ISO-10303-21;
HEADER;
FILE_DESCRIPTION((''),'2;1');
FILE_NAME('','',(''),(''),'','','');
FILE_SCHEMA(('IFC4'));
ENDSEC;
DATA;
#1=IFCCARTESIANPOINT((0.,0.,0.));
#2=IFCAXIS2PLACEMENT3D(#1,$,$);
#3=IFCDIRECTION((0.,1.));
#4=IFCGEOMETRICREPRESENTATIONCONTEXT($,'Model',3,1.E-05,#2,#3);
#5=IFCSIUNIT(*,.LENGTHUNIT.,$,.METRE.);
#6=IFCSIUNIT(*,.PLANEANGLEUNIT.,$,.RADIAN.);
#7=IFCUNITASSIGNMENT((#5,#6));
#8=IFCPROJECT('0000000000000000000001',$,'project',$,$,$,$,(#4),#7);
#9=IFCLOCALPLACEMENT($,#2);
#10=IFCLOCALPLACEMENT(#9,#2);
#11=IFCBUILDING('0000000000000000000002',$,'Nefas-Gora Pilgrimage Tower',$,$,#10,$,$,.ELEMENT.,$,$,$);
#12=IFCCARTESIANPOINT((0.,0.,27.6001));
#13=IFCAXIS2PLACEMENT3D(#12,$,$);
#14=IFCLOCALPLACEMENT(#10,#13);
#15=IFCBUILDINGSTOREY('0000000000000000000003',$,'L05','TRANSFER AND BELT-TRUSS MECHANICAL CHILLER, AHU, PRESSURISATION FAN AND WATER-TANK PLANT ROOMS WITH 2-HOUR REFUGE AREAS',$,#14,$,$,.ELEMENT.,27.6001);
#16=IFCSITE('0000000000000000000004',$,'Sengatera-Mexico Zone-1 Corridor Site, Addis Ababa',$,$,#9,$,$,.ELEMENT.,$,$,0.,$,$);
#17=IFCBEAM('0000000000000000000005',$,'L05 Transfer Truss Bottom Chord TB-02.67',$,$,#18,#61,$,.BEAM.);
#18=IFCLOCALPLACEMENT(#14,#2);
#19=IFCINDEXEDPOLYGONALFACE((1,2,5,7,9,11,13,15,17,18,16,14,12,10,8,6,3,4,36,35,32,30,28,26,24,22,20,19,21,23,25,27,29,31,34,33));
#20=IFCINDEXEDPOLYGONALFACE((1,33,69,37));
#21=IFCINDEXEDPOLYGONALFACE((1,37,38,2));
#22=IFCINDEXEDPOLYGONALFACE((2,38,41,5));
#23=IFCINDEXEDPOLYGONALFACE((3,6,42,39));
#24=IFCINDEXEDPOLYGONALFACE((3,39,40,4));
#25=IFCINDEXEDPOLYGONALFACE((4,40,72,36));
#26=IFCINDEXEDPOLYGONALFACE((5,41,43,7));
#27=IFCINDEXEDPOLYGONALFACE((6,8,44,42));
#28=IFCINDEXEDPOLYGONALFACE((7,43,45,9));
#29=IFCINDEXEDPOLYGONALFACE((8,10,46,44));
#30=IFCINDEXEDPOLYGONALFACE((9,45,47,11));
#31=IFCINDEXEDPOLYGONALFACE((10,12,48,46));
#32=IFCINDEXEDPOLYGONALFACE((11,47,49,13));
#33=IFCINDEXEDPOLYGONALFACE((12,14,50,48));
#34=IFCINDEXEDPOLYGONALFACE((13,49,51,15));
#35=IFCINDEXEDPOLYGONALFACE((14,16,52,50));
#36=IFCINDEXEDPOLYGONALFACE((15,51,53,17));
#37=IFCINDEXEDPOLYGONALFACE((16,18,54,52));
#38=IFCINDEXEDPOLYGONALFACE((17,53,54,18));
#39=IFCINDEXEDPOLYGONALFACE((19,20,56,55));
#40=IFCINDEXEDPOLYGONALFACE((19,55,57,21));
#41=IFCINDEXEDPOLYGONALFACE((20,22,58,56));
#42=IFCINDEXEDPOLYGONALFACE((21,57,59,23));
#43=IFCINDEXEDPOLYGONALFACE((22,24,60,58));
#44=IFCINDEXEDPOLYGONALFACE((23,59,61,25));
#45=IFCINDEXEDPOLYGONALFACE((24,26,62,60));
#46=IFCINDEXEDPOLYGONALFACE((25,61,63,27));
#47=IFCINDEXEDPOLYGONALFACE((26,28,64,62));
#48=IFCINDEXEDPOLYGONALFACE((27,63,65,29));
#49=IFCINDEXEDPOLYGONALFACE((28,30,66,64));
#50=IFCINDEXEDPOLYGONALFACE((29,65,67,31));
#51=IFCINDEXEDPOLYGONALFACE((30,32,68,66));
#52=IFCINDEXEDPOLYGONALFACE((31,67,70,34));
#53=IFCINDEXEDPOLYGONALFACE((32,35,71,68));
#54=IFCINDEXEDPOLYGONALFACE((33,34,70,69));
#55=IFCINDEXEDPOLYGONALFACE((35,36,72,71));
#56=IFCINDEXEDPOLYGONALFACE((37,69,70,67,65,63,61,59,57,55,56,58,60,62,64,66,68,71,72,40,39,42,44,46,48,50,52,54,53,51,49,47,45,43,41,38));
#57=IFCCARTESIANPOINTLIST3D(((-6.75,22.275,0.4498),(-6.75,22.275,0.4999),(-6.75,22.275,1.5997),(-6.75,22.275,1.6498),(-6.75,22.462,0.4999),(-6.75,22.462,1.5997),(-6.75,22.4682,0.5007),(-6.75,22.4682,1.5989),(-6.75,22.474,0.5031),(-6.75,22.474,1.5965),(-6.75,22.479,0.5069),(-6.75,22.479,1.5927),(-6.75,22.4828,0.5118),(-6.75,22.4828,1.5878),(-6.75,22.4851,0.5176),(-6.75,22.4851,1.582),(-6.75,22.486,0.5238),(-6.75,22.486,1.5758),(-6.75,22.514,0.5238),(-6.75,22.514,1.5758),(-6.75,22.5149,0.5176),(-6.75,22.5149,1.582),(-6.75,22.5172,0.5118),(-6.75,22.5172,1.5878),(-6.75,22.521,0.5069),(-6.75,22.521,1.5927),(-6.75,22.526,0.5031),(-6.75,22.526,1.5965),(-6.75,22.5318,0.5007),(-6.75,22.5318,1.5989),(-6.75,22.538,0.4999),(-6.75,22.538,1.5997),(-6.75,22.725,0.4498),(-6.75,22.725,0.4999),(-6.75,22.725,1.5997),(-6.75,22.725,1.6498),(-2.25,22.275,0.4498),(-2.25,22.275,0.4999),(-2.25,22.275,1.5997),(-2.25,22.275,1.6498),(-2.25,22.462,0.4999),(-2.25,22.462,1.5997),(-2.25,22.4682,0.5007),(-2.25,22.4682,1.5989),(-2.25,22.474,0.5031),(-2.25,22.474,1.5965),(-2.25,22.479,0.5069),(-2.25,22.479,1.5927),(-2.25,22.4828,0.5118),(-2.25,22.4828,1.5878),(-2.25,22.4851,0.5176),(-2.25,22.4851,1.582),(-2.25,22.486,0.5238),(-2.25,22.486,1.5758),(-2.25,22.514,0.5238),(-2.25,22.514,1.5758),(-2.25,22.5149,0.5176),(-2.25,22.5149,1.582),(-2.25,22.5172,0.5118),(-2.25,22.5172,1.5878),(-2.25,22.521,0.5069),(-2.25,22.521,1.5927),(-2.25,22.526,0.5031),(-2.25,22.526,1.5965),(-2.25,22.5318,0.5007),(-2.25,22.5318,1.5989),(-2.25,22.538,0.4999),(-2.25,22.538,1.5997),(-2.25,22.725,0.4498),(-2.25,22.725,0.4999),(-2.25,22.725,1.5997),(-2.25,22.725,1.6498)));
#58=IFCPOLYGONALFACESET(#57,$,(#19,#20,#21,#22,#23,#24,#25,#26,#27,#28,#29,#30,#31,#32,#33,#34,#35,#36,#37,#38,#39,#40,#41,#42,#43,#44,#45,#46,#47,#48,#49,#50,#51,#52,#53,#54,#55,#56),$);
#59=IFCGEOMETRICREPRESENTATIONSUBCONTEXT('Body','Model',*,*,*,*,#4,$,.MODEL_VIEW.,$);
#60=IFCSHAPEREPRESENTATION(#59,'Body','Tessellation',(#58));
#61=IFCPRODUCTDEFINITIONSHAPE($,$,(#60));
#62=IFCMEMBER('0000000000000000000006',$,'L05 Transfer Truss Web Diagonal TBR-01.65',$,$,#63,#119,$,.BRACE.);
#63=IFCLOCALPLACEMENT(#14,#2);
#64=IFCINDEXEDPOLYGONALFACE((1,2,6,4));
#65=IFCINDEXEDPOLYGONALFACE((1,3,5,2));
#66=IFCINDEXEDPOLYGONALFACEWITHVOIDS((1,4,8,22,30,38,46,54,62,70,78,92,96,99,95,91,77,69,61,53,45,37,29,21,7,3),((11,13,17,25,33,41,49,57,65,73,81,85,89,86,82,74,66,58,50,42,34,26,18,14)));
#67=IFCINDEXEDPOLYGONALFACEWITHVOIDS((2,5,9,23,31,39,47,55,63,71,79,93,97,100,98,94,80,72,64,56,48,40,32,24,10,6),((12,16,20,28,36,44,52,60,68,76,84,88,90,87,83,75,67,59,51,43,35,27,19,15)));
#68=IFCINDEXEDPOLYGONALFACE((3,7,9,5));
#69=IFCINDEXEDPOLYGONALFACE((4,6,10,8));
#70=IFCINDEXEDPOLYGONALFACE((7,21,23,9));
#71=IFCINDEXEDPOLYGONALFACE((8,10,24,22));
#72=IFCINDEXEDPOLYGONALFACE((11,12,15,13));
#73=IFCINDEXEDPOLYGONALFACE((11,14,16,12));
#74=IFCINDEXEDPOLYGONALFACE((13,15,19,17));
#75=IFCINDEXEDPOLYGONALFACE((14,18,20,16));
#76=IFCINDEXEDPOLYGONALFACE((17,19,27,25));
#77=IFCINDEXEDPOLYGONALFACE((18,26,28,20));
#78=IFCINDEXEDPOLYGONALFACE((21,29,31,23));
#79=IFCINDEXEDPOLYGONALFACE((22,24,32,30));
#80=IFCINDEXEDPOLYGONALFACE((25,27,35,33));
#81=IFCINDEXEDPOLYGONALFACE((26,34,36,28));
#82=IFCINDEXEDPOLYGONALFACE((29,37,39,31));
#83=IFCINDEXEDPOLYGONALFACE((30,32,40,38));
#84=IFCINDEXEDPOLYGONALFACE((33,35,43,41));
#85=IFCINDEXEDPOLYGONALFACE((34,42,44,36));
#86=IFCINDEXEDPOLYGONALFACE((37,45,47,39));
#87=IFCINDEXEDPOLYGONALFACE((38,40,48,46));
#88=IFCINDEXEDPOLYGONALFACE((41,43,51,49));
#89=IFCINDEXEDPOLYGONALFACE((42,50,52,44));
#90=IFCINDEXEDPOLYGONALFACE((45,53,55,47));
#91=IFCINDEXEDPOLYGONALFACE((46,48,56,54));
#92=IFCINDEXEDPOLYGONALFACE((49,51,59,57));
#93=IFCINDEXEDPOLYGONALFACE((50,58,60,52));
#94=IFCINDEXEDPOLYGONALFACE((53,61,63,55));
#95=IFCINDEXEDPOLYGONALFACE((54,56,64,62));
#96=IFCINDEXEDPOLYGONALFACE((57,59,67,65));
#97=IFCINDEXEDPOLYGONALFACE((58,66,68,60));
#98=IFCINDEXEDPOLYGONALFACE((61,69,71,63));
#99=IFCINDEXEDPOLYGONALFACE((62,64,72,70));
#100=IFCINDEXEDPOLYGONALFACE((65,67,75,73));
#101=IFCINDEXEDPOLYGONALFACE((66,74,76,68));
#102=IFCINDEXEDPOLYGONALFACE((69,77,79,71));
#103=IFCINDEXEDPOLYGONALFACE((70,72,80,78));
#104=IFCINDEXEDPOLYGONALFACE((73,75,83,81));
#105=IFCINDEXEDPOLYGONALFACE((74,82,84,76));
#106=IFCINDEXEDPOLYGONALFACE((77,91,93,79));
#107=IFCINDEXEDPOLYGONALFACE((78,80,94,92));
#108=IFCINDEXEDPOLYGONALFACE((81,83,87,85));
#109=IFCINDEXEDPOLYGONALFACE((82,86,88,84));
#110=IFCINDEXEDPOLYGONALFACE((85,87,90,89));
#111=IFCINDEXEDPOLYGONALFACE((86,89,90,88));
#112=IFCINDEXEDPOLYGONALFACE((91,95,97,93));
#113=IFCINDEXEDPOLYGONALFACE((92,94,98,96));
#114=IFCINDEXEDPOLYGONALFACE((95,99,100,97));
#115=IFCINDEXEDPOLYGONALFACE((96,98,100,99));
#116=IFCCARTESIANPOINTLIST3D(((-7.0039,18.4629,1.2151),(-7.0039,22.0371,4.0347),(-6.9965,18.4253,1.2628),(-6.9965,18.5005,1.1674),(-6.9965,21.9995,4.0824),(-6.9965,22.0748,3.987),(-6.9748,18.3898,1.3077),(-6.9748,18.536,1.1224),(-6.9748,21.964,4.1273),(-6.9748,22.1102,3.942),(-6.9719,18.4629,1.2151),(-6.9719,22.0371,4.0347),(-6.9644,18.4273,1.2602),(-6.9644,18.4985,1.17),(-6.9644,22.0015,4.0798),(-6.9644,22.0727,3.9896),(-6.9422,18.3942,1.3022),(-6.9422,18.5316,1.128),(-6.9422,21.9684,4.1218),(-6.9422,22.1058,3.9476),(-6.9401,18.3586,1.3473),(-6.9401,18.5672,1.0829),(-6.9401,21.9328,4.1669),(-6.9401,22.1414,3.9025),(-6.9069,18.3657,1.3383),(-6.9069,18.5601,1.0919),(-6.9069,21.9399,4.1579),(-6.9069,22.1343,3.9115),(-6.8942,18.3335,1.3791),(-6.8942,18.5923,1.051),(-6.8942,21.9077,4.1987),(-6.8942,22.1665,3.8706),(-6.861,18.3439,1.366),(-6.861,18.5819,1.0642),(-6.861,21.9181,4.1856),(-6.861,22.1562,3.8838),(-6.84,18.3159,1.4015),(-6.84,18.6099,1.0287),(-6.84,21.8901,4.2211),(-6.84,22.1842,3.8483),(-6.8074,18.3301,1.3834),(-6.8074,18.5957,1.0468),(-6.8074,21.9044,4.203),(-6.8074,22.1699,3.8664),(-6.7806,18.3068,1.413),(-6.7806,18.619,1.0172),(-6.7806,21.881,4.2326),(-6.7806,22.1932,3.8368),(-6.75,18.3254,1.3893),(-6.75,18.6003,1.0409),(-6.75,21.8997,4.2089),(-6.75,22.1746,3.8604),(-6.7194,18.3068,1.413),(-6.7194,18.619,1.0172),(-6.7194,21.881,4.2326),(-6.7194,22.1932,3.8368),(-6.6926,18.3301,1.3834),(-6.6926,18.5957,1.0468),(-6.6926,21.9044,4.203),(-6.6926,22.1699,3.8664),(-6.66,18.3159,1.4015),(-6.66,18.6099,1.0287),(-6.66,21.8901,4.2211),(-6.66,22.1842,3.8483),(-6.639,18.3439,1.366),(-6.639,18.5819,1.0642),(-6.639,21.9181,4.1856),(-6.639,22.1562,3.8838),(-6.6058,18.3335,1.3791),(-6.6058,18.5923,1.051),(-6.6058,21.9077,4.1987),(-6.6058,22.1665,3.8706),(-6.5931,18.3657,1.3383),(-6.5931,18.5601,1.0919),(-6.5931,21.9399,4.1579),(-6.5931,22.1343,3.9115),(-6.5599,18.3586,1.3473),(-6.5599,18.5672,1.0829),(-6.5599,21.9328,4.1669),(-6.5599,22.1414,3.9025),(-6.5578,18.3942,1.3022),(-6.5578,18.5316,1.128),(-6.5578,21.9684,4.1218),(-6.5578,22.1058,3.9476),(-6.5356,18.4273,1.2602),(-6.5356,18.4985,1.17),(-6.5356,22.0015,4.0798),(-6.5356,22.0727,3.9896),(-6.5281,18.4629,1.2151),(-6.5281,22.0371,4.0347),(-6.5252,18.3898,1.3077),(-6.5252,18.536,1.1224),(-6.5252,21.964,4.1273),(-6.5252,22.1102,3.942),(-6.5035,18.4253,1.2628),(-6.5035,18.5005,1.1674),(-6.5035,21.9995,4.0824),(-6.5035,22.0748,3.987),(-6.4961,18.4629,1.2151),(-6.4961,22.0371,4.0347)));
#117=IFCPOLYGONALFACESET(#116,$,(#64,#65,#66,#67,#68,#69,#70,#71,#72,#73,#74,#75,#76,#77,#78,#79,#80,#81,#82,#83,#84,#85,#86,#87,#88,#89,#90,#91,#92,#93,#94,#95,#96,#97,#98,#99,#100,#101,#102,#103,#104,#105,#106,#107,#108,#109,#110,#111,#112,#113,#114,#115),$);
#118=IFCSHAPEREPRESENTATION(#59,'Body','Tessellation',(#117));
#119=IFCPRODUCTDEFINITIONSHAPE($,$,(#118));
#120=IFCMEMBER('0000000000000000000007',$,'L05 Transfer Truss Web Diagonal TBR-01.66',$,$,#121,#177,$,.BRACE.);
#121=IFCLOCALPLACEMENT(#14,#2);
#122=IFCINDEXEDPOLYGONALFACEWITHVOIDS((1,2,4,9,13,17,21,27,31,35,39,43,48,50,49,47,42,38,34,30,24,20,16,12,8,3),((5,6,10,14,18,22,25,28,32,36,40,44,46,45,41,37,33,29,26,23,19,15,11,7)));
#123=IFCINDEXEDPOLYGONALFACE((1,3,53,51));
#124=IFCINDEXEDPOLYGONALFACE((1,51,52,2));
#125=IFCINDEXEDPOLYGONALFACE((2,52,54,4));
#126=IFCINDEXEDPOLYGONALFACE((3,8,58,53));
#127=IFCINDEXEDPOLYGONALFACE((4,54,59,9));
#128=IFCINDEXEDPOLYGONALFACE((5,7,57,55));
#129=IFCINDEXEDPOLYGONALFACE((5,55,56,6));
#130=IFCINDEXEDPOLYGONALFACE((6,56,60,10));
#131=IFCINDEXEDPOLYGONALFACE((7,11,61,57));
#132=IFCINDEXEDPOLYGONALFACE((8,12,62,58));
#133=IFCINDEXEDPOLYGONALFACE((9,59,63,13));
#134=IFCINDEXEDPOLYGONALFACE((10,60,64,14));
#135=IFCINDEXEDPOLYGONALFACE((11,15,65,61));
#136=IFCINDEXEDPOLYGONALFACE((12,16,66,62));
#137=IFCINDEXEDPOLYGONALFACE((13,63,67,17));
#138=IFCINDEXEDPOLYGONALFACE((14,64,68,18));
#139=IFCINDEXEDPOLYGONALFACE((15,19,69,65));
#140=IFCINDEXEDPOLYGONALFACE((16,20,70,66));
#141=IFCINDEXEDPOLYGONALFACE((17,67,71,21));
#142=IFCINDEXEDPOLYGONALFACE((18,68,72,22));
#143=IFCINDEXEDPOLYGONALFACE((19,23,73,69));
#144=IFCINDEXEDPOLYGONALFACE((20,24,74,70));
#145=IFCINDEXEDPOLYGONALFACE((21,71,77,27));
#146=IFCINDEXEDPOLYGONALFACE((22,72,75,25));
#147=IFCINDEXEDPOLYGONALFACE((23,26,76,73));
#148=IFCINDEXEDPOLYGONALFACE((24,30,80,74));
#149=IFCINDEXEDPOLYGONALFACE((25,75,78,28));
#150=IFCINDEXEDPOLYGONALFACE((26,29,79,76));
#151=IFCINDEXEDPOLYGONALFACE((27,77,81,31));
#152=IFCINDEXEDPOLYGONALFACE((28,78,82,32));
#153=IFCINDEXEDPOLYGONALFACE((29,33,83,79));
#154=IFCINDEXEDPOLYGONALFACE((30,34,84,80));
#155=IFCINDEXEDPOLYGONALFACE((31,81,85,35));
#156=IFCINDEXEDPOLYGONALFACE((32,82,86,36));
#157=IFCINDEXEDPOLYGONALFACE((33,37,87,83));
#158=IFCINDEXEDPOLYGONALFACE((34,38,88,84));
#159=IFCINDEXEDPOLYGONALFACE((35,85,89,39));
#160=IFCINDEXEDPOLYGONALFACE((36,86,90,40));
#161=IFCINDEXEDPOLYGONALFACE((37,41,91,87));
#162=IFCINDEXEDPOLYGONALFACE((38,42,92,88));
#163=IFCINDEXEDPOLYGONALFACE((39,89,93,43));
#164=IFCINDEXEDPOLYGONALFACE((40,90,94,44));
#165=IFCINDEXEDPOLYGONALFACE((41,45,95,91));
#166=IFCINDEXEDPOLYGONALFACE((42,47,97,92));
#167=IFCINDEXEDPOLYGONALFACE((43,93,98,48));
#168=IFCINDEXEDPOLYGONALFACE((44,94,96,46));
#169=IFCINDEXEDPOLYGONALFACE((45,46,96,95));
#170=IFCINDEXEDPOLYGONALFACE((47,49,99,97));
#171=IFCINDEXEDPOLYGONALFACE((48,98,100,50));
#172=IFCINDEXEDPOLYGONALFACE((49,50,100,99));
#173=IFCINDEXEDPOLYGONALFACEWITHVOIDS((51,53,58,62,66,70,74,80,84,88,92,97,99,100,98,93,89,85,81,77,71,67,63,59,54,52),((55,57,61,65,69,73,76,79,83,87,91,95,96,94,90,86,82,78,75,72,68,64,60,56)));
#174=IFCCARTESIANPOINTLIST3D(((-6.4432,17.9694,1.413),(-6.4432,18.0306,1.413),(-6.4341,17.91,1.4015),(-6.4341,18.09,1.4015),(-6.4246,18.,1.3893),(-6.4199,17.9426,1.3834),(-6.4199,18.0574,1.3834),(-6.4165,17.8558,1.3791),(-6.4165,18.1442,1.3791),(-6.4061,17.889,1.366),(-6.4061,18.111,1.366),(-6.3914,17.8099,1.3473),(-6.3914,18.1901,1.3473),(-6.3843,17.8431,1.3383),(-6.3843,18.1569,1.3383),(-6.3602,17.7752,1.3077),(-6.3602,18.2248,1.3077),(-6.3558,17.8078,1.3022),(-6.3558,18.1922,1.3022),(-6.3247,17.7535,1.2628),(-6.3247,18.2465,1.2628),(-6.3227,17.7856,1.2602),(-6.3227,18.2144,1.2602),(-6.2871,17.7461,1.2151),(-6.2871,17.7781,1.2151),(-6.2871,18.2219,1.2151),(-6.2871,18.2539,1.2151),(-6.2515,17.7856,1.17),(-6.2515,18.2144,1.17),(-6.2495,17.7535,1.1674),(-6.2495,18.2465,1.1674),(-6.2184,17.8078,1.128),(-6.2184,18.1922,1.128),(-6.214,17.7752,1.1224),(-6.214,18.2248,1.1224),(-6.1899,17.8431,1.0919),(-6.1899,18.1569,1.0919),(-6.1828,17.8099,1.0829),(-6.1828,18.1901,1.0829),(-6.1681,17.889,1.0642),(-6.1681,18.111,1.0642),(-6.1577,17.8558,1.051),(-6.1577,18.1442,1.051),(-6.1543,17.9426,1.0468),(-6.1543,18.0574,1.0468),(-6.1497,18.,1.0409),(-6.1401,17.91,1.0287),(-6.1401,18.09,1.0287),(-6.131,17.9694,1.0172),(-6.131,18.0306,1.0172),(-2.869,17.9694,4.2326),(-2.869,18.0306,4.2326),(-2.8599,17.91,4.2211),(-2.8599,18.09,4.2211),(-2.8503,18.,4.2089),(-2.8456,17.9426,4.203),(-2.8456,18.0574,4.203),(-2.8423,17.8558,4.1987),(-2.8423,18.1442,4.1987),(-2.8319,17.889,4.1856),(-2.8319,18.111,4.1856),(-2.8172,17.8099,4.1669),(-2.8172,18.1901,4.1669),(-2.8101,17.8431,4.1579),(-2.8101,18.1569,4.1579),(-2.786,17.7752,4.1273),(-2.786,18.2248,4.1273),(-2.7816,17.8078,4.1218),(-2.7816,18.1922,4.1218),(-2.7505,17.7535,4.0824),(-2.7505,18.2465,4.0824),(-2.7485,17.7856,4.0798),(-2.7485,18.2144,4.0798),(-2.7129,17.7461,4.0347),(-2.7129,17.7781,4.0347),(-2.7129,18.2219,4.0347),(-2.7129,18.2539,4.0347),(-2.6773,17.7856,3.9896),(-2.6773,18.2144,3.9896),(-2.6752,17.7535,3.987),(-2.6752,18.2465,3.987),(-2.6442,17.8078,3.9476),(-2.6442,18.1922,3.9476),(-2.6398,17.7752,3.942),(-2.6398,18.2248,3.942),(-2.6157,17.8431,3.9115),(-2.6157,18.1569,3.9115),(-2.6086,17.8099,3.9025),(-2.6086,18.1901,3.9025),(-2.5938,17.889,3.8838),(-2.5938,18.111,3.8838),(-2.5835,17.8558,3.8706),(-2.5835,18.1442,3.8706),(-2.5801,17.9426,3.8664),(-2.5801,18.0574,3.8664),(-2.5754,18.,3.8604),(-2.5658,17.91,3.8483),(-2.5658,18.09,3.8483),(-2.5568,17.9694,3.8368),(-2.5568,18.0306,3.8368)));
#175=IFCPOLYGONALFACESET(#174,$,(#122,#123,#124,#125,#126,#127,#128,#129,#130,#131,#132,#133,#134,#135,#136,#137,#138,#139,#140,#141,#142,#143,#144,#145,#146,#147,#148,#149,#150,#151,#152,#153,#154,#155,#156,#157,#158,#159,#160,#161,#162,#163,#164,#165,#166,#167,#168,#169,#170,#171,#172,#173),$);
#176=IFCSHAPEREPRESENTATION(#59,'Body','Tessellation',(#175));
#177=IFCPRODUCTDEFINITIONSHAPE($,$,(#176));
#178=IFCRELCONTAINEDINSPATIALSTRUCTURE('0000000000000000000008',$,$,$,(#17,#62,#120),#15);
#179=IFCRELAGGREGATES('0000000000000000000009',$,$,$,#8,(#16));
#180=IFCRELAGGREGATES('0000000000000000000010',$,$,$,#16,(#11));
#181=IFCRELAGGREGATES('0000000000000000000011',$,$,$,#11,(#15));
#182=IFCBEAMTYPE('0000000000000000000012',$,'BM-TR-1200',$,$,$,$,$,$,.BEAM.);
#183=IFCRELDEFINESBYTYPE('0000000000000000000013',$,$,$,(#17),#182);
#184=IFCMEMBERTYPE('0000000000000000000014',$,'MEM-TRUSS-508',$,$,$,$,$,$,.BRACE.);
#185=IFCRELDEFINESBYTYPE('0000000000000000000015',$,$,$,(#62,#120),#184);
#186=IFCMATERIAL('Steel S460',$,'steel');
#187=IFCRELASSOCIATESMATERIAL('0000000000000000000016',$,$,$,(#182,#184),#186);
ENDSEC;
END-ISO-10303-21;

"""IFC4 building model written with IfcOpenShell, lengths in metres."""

from ifc_helpers import new_model, si_unit, direction, frame, origin, origin_2d, place, context, subcontext, project, spatial, hollow_circle, i_section, extrude, source, transform, mapped, material, material_profile, profile_set, type_object, element, save


model = new_model("IFC4")

# Units and contexts
model_context = context("Model", 3, precision=1e-05, world=origin(), true_north=direction((0.0, 1.0)))
body_context = subcontext(model_context, "Body", "Model", "MODEL_VIEW")
ifc_project = project(units=[si_unit("LENGTHUNIT", "METRE"), si_unit("PLANEANGLEUNIT", "RADIAN")], contexts=[model_context])

# Site, building, storey
site_placement = place(None, origin())
site = spatial("IfcSite", under=ifc_project, at=site_placement, Name="Sengatera-Mexico Zone-1 Corridor Site, Addis Ababa", CompositionType="ELEMENT", RefElevation=0.0)
building_placement = place(site_placement, origin())
building = spatial("IfcBuilding", under=site, at=building_placement, Name="Nefas-Gora Pilgrimage Tower", CompositionType="ELEMENT")
storey_placement = place(building_placement, frame((0.0, 0.0, 27.6001)))
storey = spatial("IfcBuildingStorey", under=building, at=storey_placement, Name="L05", Description="TRANSFER AND BELT-TRUSS MECHANICAL CHILLER, AHU, PRESSURISATION FAN AND WATER-TANK PLANT ROOMS WITH 2-HOUR REFUGE AREAS", CompositionType="ELEMENT", Elevation=27.6001)

# Shared definitions
ifc_material = material(Name="Steel S460", Category="steel")

# Beam
ifc_material_profile_1 = material_profile(ifc_material, i_section(OverallWidth=0.45, OverallDepth=1.2, WebThickness=0.0281, FlangeThickness=0.05, FilletRadius=0.0239, at=origin_2d()), Name="WPG 1200x450x28x50")
ifc_profile_set_1 = profile_set([ifc_material_profile_1], Name="Steel S460")
beam_type_1 = type_object("IfcBeamType", Name="BM-TR-1200", PredefinedType="BEAM", material=ifc_profile_set_1)
shared_shape_1 = source(origin(), body_context, "Body", "SweptSolid", [
    extrude(i_section(OverallWidth=0.45, OverallDepth=1.2, WebThickness=0.0281, FlangeThickness=0.05, FilletRadius=0.0239, at=origin_2d()), origin(), (0.0, 0.0, 1.0), 4.5),
])
for number, where, z_axis, x_axis, name in (
    (1, (-6.75, 22.5, 1.0498), (1.0, 0.0, 0.0), (0.0, 1.0, 0.0), "L05 Transfer Truss Bottom Chord TB-02.67"),
):
    element("IfcBeam", number, at=place(storey_placement, frame(where, z_axis=z_axis, x_axis=x_axis)), inside=storey, type_object=beam_type_1, Name=name, PredefinedType="BEAM", context=body_context, shape_type="MappedRepresentation", body=[
        mapped(shared_shape_1, transform((0.0, 0.0, 0.0), x_axis=(1.0, 0.0, 0.0), y_axis=(0.0, 1.0, 0.0), z_axis=(0.0, 0.0, 1.0), scale=1.0)),
    ])

# Members
ifc_material_profile_2 = material_profile(ifc_material, hollow_circle(Radius=0.2539, WallThickness=0.032, at=origin_2d()), Name="CHS 508x32")
ifc_profile_set_2 = profile_set([ifc_material_profile_2], Name="Steel S460")
member_type = type_object("IfcMemberType", Name="MEM-TRUSS-508", PredefinedType="BRACE", material=ifc_profile_set_2)
shared_shape_2 = source(origin(), body_context, "Body", "SweptSolid", [
    extrude(hollow_circle(Radius=0.2539, WallThickness=0.032, at=origin_2d()), origin(), (0.0, 0.0, 1.0), 4.5525),
])
for number, where, z_axis, x_axis, name in (
    (2, (-6.75, 18.4629, 1.2151), (0.0, 0.785115, 0.61935), (-1.0, 0.0, 0.0), "L05 Transfer Truss Web Diagonal TBR-01.65"),
    (3, (-6.2871, 18.0, 1.2151), (0.785115, 0.0, 0.61935), (0.0, 1.0, 0.0), "L05 Transfer Truss Web Diagonal TBR-01.66"),
):
    element("IfcMember", number, at=place(storey_placement, frame(where, z_axis=z_axis, x_axis=x_axis)), inside=storey, type_object=member_type, Name=name, PredefinedType="BRACE", context=body_context, shape_type="MappedRepresentation", body=[
        mapped(shared_shape_2, transform((0.0, 0.0, 0.0), x_axis=(1.0, 0.0, 0.0), y_axis=(0.0, 1.0, 0.0), z_axis=(0.0, 0.0, 1.0), scale=1.0)),
    ])

save(model, "model.ifc")
